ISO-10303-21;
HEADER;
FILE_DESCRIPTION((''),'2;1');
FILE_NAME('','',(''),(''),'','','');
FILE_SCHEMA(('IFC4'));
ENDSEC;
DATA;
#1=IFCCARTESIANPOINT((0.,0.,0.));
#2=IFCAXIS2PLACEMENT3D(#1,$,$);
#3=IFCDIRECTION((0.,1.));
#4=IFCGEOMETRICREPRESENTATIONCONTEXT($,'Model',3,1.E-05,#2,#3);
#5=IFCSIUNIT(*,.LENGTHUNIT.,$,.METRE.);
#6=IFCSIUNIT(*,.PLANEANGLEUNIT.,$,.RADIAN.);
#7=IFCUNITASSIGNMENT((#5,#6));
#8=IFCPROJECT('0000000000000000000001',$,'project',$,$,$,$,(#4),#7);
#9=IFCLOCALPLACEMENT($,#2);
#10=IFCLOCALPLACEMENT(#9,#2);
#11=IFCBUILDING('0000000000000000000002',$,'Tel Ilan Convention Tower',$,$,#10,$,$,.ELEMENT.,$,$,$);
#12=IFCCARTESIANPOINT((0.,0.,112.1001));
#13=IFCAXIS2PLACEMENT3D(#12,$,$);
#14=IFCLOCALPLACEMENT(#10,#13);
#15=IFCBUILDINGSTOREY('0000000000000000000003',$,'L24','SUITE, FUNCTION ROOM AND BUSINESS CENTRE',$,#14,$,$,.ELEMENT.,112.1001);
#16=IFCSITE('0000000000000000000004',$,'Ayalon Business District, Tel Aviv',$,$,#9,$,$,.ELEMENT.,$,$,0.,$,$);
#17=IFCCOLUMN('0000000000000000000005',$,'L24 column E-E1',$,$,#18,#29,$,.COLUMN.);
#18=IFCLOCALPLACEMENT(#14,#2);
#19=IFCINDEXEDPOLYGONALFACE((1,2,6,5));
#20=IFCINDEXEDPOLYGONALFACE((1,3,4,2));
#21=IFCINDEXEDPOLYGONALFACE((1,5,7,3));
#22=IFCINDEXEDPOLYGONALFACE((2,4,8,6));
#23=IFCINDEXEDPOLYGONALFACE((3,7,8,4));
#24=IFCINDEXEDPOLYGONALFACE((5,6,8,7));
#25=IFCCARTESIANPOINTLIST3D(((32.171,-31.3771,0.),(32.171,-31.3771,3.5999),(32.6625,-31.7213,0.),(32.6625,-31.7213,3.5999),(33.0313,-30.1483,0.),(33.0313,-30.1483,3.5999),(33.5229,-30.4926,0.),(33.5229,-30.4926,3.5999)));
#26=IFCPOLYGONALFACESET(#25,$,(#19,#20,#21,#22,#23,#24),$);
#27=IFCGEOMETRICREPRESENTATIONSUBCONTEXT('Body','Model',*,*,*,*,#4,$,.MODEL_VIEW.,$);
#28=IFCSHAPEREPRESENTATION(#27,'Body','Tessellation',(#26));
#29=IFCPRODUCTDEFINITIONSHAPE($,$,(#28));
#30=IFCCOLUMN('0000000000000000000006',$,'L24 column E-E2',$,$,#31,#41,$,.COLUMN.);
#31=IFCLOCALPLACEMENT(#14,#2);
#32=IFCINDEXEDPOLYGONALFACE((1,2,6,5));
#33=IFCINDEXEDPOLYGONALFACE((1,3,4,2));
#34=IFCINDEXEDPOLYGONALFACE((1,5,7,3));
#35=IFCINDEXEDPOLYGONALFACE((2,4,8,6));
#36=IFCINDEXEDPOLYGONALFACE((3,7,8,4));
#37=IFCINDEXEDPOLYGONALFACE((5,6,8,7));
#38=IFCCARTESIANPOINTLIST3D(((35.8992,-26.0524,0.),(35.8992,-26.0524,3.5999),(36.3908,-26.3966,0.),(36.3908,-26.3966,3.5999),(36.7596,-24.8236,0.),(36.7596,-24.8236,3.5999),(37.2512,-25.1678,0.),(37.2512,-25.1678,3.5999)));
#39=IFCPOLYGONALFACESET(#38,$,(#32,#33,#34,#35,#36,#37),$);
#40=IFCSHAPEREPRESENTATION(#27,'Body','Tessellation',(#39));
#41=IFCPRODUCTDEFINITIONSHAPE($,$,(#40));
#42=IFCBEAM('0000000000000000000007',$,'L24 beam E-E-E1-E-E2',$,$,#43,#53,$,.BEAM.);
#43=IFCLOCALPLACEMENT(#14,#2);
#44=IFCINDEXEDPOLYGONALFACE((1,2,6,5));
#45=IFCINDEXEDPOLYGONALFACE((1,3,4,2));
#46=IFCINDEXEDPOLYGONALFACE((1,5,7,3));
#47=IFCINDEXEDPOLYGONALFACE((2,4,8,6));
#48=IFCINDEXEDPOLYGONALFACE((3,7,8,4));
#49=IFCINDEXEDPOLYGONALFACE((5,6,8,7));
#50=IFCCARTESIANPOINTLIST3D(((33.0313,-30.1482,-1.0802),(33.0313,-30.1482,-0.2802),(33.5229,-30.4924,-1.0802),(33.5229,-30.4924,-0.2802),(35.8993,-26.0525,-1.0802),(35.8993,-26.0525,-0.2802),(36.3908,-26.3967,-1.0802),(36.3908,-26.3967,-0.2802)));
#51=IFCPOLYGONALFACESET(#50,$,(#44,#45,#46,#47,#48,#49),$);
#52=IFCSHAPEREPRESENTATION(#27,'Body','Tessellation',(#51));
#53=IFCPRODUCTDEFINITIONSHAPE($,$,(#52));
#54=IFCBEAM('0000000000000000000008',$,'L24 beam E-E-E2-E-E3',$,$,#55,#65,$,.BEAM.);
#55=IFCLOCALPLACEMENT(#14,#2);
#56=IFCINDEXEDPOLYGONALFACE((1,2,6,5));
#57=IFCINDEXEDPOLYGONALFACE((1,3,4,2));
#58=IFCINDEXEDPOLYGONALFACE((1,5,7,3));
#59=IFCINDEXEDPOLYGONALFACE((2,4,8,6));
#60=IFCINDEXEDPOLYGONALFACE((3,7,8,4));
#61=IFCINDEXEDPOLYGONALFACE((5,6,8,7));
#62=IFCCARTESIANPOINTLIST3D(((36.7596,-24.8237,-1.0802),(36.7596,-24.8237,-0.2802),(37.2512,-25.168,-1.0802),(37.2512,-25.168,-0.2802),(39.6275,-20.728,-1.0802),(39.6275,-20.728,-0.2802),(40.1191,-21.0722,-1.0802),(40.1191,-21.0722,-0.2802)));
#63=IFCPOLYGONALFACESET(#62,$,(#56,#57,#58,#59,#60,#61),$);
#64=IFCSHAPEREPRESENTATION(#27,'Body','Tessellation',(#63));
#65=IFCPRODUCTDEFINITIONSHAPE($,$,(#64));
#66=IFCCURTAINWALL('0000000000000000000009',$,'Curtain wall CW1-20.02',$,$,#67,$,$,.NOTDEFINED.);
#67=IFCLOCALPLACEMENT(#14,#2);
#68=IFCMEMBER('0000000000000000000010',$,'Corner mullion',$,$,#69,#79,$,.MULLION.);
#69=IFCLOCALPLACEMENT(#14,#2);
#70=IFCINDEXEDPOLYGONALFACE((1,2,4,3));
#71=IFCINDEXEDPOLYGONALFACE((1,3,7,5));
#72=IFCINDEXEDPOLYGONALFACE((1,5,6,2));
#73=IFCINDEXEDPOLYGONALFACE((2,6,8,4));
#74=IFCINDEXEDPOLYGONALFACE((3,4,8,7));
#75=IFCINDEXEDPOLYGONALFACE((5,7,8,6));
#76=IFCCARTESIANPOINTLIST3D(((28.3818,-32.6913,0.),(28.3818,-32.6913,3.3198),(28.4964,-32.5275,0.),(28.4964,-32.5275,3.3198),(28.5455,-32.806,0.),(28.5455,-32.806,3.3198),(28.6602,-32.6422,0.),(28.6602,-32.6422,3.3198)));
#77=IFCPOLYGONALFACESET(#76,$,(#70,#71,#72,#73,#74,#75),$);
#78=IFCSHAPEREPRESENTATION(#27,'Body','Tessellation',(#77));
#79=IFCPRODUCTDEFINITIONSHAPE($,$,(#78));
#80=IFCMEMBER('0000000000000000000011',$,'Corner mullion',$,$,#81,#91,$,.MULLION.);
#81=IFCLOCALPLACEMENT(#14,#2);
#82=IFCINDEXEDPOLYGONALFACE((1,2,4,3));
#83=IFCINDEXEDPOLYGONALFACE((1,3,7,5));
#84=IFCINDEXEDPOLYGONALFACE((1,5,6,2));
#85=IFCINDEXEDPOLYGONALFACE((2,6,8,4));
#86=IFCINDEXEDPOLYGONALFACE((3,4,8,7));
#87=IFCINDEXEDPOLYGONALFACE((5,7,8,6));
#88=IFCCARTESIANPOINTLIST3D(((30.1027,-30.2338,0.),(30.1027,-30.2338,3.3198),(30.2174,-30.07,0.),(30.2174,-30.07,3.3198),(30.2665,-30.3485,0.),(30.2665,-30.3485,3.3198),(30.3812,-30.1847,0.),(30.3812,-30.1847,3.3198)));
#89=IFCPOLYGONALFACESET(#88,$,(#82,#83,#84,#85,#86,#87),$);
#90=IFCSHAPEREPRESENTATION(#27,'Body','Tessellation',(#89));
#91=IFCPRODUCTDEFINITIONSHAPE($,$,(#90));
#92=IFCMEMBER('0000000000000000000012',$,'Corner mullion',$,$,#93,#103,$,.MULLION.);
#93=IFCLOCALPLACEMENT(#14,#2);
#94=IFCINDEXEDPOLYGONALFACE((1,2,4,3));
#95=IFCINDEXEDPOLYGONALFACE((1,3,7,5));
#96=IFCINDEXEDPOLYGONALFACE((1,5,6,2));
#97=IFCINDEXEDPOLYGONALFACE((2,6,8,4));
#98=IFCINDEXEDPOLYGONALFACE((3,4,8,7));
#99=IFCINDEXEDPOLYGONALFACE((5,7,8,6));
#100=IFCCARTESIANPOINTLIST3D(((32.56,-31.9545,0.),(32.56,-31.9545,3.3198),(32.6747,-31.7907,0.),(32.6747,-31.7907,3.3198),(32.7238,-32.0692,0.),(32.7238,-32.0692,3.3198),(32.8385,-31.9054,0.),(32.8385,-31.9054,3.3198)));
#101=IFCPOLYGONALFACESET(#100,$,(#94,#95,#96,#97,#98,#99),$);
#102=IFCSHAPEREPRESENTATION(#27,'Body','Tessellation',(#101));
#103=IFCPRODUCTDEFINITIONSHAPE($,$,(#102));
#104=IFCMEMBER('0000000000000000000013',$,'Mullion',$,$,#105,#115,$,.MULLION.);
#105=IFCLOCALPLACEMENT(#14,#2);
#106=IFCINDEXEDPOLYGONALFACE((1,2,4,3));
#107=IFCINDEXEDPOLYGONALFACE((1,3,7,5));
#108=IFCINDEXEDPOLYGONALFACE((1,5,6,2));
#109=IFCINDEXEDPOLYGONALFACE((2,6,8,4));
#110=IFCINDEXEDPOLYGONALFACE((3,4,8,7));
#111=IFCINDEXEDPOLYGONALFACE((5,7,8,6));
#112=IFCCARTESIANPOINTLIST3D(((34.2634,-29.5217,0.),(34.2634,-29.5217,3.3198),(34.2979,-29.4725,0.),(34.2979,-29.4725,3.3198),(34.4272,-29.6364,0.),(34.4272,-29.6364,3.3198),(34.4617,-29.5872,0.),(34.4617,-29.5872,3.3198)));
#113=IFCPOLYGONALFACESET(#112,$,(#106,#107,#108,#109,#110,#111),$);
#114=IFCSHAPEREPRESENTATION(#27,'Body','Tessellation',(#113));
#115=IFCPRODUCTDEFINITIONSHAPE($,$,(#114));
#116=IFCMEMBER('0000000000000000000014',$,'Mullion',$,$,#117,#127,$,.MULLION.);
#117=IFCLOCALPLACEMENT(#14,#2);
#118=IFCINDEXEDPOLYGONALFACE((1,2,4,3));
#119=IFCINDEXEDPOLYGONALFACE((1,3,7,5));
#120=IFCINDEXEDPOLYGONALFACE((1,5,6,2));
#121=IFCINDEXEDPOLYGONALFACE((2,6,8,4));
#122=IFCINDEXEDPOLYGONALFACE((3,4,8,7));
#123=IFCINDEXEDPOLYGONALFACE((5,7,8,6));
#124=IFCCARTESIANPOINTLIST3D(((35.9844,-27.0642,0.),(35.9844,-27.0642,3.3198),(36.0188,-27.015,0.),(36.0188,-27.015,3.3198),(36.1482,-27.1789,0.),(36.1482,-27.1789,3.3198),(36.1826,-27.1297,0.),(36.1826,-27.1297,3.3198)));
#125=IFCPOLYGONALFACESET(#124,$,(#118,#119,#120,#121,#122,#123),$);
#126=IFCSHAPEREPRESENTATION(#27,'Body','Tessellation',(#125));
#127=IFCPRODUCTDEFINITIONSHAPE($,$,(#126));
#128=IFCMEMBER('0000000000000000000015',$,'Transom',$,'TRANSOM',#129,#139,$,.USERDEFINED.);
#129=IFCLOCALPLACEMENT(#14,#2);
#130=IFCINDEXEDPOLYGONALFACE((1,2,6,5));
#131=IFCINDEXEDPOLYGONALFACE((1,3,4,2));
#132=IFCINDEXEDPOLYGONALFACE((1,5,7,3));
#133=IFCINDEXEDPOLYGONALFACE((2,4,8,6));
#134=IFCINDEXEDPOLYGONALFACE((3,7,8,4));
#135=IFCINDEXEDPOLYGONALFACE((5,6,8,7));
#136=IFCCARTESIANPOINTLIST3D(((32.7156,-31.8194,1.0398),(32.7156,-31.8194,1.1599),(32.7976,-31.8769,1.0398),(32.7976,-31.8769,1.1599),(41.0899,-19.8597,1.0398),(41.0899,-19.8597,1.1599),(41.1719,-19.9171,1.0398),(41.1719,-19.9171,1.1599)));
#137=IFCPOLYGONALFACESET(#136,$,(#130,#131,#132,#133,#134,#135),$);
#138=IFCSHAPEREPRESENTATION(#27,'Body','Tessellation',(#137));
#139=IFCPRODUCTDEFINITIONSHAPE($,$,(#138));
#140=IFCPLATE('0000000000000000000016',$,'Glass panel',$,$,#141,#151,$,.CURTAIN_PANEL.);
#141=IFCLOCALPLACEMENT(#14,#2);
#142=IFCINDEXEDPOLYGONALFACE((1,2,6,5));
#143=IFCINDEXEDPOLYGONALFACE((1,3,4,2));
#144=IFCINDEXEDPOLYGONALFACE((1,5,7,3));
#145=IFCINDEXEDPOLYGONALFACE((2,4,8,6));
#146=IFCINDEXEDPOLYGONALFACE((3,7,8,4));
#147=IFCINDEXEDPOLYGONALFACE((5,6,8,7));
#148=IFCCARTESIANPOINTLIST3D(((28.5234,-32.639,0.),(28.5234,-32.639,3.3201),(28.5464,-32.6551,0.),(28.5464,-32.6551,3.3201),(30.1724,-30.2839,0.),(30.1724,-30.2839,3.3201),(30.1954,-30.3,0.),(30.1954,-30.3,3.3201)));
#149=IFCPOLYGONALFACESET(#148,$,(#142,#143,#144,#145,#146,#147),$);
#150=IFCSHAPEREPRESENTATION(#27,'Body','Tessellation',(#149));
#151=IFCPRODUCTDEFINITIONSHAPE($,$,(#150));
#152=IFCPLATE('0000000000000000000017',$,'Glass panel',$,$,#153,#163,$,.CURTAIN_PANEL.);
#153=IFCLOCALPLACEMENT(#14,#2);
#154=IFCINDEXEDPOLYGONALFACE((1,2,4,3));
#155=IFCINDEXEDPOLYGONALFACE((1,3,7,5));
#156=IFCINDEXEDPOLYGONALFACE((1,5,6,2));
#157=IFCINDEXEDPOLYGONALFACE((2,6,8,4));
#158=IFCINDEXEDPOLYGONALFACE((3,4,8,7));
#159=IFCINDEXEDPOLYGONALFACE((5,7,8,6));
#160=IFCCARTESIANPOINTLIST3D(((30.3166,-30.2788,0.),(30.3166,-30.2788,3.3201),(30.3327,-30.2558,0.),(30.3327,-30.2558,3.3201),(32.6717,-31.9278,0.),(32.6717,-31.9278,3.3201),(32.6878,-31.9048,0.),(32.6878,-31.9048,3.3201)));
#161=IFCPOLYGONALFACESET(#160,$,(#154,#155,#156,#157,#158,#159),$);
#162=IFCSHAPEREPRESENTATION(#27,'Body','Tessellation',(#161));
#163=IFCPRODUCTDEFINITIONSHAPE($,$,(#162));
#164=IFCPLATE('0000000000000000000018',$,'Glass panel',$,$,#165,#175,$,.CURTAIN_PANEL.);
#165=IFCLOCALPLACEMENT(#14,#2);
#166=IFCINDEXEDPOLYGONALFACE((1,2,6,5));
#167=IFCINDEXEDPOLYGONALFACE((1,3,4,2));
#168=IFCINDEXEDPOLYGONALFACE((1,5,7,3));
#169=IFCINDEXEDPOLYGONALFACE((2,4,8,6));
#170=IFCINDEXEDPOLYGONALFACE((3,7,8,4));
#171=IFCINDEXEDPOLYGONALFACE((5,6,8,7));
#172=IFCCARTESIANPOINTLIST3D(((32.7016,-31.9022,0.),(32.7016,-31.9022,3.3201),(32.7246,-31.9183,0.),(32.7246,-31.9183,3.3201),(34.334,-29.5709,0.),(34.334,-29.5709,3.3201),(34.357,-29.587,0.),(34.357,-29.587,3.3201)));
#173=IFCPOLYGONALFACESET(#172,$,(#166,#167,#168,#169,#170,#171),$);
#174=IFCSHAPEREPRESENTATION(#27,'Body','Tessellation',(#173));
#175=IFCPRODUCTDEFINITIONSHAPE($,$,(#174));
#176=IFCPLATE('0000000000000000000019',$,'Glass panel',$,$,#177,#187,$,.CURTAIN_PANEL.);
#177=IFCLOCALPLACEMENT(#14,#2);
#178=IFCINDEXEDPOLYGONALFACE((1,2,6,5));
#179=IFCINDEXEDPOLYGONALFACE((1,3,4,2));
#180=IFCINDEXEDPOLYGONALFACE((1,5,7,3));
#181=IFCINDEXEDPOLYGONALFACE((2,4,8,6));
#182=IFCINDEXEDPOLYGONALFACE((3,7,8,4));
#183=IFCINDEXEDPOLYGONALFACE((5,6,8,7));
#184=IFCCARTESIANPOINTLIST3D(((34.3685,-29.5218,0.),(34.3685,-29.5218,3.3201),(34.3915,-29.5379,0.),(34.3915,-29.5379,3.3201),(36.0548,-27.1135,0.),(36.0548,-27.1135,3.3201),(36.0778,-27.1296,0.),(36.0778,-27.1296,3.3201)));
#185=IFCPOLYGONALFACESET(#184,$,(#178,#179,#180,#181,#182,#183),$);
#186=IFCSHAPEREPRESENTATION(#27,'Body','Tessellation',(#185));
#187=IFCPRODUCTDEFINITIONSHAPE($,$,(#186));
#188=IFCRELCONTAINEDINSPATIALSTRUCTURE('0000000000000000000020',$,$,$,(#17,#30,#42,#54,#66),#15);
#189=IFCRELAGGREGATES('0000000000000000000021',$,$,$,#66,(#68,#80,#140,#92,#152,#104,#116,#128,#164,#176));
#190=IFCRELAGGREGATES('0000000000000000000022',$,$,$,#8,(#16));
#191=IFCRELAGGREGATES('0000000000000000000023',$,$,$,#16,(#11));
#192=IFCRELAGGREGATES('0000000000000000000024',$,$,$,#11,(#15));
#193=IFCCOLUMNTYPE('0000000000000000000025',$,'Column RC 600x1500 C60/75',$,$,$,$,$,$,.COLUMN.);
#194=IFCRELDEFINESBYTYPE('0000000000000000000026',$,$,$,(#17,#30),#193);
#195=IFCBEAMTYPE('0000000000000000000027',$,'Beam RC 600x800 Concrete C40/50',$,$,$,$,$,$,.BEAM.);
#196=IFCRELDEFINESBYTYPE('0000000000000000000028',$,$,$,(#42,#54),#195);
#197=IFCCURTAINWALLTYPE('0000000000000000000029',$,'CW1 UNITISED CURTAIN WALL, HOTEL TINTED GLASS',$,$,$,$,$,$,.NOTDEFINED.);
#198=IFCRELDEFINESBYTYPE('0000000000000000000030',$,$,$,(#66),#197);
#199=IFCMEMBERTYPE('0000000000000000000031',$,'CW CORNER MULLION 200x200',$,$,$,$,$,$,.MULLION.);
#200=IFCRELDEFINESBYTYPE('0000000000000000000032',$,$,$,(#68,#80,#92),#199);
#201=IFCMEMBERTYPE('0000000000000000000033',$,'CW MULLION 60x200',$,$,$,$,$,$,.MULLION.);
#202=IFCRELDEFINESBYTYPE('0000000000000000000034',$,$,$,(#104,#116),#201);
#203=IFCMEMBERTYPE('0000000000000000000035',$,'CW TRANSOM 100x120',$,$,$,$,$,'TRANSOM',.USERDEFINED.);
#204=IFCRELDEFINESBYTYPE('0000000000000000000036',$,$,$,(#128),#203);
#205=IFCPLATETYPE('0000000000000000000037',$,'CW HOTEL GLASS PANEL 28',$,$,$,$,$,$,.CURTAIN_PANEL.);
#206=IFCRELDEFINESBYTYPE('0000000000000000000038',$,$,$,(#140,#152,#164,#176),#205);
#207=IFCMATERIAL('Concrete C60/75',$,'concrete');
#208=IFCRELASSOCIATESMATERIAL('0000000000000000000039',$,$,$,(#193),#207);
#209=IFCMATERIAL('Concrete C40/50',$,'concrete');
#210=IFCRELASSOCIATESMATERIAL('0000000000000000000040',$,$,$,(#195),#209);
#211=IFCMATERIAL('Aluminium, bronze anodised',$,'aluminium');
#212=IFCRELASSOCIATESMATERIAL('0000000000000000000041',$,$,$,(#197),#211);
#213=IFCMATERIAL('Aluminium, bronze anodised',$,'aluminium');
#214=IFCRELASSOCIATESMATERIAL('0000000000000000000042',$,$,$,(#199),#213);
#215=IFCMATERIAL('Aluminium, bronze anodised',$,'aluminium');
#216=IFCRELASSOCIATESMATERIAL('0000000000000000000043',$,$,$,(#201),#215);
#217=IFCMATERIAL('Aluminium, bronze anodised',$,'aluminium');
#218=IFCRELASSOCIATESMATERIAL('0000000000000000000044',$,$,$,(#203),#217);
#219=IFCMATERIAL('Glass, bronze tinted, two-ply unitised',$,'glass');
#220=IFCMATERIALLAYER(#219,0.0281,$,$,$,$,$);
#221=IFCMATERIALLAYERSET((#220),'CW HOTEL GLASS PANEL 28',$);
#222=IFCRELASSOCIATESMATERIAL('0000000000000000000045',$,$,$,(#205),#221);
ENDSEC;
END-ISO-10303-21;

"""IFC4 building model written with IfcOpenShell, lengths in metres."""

from ifc_helpers import new_model, si_unit, direction, frame, origin, origin_2d, place, context, subcontext, project, spatial, rectangle, extrude, material, layer, layer_set, material_profile, profile_set, type_object, element, aggregate, save


model = new_model("IFC4")

# Units and contexts
model_context = context("Model", 3, precision=1e-05, world=origin(), true_north=direction((0.0, 1.0)))
body_context = subcontext(model_context, "Body", "Model", "MODEL_VIEW")
ifc_project = project(units=[si_unit("LENGTHUNIT", "METRE"), si_unit("PLANEANGLEUNIT", "RADIAN")], contexts=[model_context])

# Site, building, storey
site_placement = place(None, origin())
site = spatial("IfcSite", under=ifc_project, at=site_placement, Name="Ayalon Business District, Tel Aviv", CompositionType="ELEMENT", RefElevation=0.0)
building_placement = place(site_placement, origin())
building = spatial("IfcBuilding", under=site, at=building_placement, Name="Tel Ilan Convention Tower", CompositionType="ELEMENT")
storey_placement = place(building_placement, frame((0.0, 0.0, 112.1001)))
storey = spatial("IfcBuildingStorey", under=building, at=storey_placement, Name="L24", Description="SUITE, FUNCTION ROOM AND BUSINESS CENTRE", CompositionType="ELEMENT", Elevation=112.1001)

# Columns
ifc_material_1 = material(Name="Concrete C60/75", Category="concrete")
ifc_material_profile_1 = material_profile(ifc_material_1, rectangle(XDim=1.5, YDim=0.6001, at=origin_2d()), Name="RC 600x1500")
ifc_profile_set_1 = profile_set([ifc_material_profile_1], Name="Concrete C60/75")
column_type = type_object("IfcColumnType", Name="Column RC 600x1500 C60/75", PredefinedType="COLUMN", material=ifc_profile_set_1)
for number, where, z_axis, x_axis, name in (
    (1, (32.8469, -30.9348, 0.0), (0.0, 0.0, 1.0), (0.573576, 0.819152, 0.0), "L24 column E-E1"),
    (2, (36.5752, -25.6101, 0.0), (0.0, 0.0, 1.0), (0.573576, 0.819152, 0.0), "L24 column E-E2"),
):
    element("IfcColumn", number, at=place(storey_placement, frame(where, z_axis=z_axis, x_axis=x_axis)), inside=storey, type_object=column_type, Name=name, PredefinedType="COLUMN", context=body_context, shape_type="SweptSolid", body=[
        extrude(rectangle(XDim=1.5, YDim=0.6001, at=origin_2d()), origin(), (0.0, 0.0, 1.0), 3.5999),
    ])

# Beams
ifc_material_2 = material(Name="Concrete C40/50", Category="concrete")
ifc_material_profile_2 = material_profile(ifc_material_2, rectangle(XDim=0.6001, YDim=0.8, at=origin_2d()), Name="RC 600x800")
ifc_profile_set_2 = profile_set([ifc_material_profile_2], Name="Concrete C40/50")
beam_type = type_object("IfcBeamType", Name="Beam RC 600x800 Concrete C40/50", PredefinedType="BEAM", material=ifc_profile_set_2)
for number, where, z_axis, x_axis, name in (
    (3, (33.2771, -30.3203, -0.6802), (0.573587, 0.819145, 0.0), (-0.819145, 0.573587, 0.0), "L24 beam E-E-E1-E-E2"),
    (4, (37.0054, -24.9958, -0.6802), (0.573587, 0.819145, 0.0), (-0.819145, 0.573587, 0.0), "L24 beam E-E-E2-E-E3"),
):
    element("IfcBeam", number, at=place(storey_placement, frame(where, z_axis=z_axis, x_axis=x_axis)), inside=storey, type_object=beam_type, Name=name, PredefinedType="BEAM", context=body_context, shape_type="SweptSolid", body=[
        extrude(rectangle(XDim=0.6001, YDim=0.8, at=origin_2d()), origin(), (0.0, 0.0, 1.0), 5.0),
    ])

# Curtain wall, members, plates
ifc_material_3 = material(Name="Aluminium, bronze anodised", Category="aluminium")
curtain_wall_type = type_object("IfcCurtainWallType", Name="CW1 UNITISED CURTAIN WALL, HOTEL TINTED GLASS", PredefinedType="NOTDEFINED", material=ifc_material_3)
curtain_wall_placement = place(storey_placement, origin())
curtain_wall = element("IfcCurtainWall", 5, at=curtain_wall_placement, inside=storey, type_object=curtain_wall_type, Name="Curtain wall CW1-20.02", PredefinedType="NOTDEFINED")
ifc_material_4 = material(Name="Aluminium, bronze anodised", Category="aluminium")
ifc_material_profile_3 = material_profile(ifc_material_4, rectangle(XDim=0.2, YDim=0.2, at=origin_2d()), Name="CW CORNER MULLION 200x200")
ifc_profile_set_3 = profile_set([ifc_material_profile_3], Name="Aluminium, bronze anodised")
member_type_1 = type_object("IfcMemberType", Name="CW CORNER MULLION 200x200", PredefinedType="MULLION", material=ifc_profile_set_3)
member_1_placement = place(storey_placement, frame((28.521, -32.6667, 0.0), z_axis=(0.0, 0.0, 1.0), x_axis=(0.819152, -0.573576, 0.0)))
member_1 = element("IfcMember", 6, at=member_1_placement, type_object=member_type_1, Name="Corner mullion", PredefinedType="MULLION", context=body_context, shape_type="SweptSolid", body=[
    extrude(rectangle(XDim=0.2, YDim=0.2, at=origin_2d()), origin(), (0.0, 0.0, 1.0), 3.3198),
])
member_2_placement = place(storey_placement, frame((30.2419, -30.2092, 0.0), z_axis=(0.0, 0.0, 1.0), x_axis=(0.573576, 0.819152, 0.0)))
member_2 = element("IfcMember", 7, at=member_2_placement, type_object=member_type_1, Name="Corner mullion", PredefinedType="MULLION", context=body_context, shape_type="SweptSolid", body=[
    extrude(rectangle(XDim=0.2, YDim=0.2, at=origin_2d()), origin(), (0.0, 0.0, 1.0), 3.3198),
])
member_3_placement = place(storey_placement, frame((32.6992, -31.9299, 0.0), z_axis=(0.0, 0.0, 1.0), x_axis=(0.819152, -0.573576, 0.0)))
member_3 = element("IfcMember", 8, at=member_3_placement, type_object=member_type_1, Name="Corner mullion", PredefinedType="MULLION", context=body_context, shape_type="SweptSolid", body=[
    extrude(rectangle(XDim=0.2, YDim=0.2, at=origin_2d()), origin(), (0.0, 0.0, 1.0), 3.3198),
])
ifc_material_5 = material(Name="Aluminium, bronze anodised", Category="aluminium")
ifc_material_profile_4 = material_profile(ifc_material_5, rectangle(XDim=0.0601, YDim=0.2, at=origin_2d()), Name="CW MULLION 60x200")
ifc_profile_set_4 = profile_set([ifc_material_profile_4], Name="Aluminium, bronze anodised")
member_type_2 = type_object("IfcMemberType", Name="CW MULLION 60x200", PredefinedType="MULLION", material=ifc_profile_set_4)
member_4_placement = place(storey_placement, frame((34.3625, -29.5544, 0.0), z_axis=(0.0, 0.0, 1.0), x_axis=(0.573576, 0.819152, 0.0)))
member_4 = element("IfcMember", 9, at=member_4_placement, type_object=member_type_2, Name="Mullion", PredefinedType="MULLION", context=body_context, shape_type="SweptSolid", body=[
    extrude(rectangle(XDim=0.0601, YDim=0.2, at=origin_2d()), origin(), (0.0, 0.0, 1.0), 3.3198),
])
member_5_placement = place(storey_placement, frame((36.0835, -27.0969, 0.0), z_axis=(0.0, 0.0, 1.0), x_axis=(0.573576, 0.819152, 0.0)))
member_5 = element("IfcMember", 10, at=member_5_placement, type_object=member_type_2, Name="Mullion", PredefinedType="MULLION", context=body_context, shape_type="SweptSolid", body=[
    extrude(rectangle(XDim=0.0601, YDim=0.2, at=origin_2d()), origin(), (0.0, 0.0, 1.0), 3.3198),
])
ifc_material_6 = material(Name="Aluminium, bronze anodised", Category="aluminium")
ifc_material_profile_5 = material_profile(ifc_material_6, rectangle(XDim=0.1001, YDim=0.1201, at=origin_2d()), Name="CW TRANSOM 100x120")
ifc_profile_set_5 = profile_set([ifc_material_profile_5], Name="Aluminium, bronze anodised")
member_type_3 = type_object("IfcMemberType", Name="CW TRANSOM 100x120", ElementType="TRANSOM", PredefinedType="USERDEFINED", material=ifc_profile_set_5)
member_6_placement = place(storey_placement, frame((32.7566, -31.8481, 1.0999), z_axis=(0.573576, 0.819153, 0.0), x_axis=(-0.819153, 0.573576, 0.0)))
member_6 = element("IfcMember", 11, at=member_6_placement, type_object=member_type_3, Name="Transom", ObjectType="TRANSOM", PredefinedType="USERDEFINED", context=body_context, shape_type="SweptSolid", body=[
    extrude(rectangle(XDim=0.1001, YDim=0.1201, at=origin_2d()), origin(), (0.0, 0.0, 1.0), 14.6001),
])
ifc_material_7 = material(Name="Glass, bronze tinted, two-ply unitised", Category="glass")
ifc_layer_1 = layer(ifc_material_7, 0.0281)
ifc_layer_set_1 = layer_set([ifc_layer_1], Name="CW HOTEL GLASS PANEL 28")
plate_type = type_object("IfcPlateType", Name="CW HOTEL GLASS PANEL 28", PredefinedType="CURTAIN_PANEL", material=ifc_layer_set_1)
plate_1_placement = place(storey_placement, frame((29.3594, -31.4695, 0.0), z_axis=(0.0, 0.0, 1.0), x_axis=(0.573576, 0.819152, 0.0)))
plate_1 = element("IfcPlate", 12, at=plate_1_placement, type_object=plate_type, Name="Glass panel", PredefinedType="CURTAIN_PANEL", context=body_context, shape_type="SweptSolid", body=[
    extrude(rectangle(XDim=2.875, YDim=0.0281, at=origin_2d()), origin(), (0.0, 0.0, 1.0), 3.3201),
])
plate_2_placement = place(storey_placement, frame((31.5022, -31.0918, 0.0), z_axis=(0.0, 0.0, 1.0), x_axis=(0.819152, -0.573576, 0.0)))
plate_2 = element("IfcPlate", 13, at=plate_2_placement, type_object=plate_type, Name="Glass panel", PredefinedType="CURTAIN_PANEL", context=body_context, shape_type="SweptSolid", body=[
    extrude(rectangle(XDim=2.875, YDim=0.0281, at=origin_2d()), origin(), (0.0, 0.0, 1.0), 3.3201),
])
plate_3_placement = place(storey_placement, frame((33.5293, -30.7446, 0.0), z_axis=(0.0, 0.0, 1.0), x_axis=(0.573576, 0.819152, 0.0)))
plate_3 = element("IfcPlate", 14, at=plate_3_placement, type_object=plate_type, Name="Glass panel", PredefinedType="CURTAIN_PANEL", context=body_context, shape_type="SweptSolid", body=[
    extrude(rectangle(XDim=2.8459, YDim=0.0281, at=origin_2d()), origin(), (0.0, 0.0, 1.0), 3.3201),
])
plate_4_placement = place(storey_placement, frame((35.2231, -28.3257, 0.0), z_axis=(0.0, 0.0, 1.0), x_axis=(0.573576, 0.819152, 0.0)))
plate_4 = element("IfcPlate", 15, at=plate_4_placement, type_object=plate_type, Name="Glass panel", PredefinedType="CURTAIN_PANEL", context=body_context, shape_type="SweptSolid", body=[
    extrude(rectangle(XDim=2.9399, YDim=0.0281, at=origin_2d()), origin(), (0.0, 0.0, 1.0), 3.3201),
])
aggregate(curtain_wall, [member_1, member_2, plate_1, member_3, plate_2, member_4, member_5, member_6, plate_3, plate_4])

save(model, "model.ifc")
